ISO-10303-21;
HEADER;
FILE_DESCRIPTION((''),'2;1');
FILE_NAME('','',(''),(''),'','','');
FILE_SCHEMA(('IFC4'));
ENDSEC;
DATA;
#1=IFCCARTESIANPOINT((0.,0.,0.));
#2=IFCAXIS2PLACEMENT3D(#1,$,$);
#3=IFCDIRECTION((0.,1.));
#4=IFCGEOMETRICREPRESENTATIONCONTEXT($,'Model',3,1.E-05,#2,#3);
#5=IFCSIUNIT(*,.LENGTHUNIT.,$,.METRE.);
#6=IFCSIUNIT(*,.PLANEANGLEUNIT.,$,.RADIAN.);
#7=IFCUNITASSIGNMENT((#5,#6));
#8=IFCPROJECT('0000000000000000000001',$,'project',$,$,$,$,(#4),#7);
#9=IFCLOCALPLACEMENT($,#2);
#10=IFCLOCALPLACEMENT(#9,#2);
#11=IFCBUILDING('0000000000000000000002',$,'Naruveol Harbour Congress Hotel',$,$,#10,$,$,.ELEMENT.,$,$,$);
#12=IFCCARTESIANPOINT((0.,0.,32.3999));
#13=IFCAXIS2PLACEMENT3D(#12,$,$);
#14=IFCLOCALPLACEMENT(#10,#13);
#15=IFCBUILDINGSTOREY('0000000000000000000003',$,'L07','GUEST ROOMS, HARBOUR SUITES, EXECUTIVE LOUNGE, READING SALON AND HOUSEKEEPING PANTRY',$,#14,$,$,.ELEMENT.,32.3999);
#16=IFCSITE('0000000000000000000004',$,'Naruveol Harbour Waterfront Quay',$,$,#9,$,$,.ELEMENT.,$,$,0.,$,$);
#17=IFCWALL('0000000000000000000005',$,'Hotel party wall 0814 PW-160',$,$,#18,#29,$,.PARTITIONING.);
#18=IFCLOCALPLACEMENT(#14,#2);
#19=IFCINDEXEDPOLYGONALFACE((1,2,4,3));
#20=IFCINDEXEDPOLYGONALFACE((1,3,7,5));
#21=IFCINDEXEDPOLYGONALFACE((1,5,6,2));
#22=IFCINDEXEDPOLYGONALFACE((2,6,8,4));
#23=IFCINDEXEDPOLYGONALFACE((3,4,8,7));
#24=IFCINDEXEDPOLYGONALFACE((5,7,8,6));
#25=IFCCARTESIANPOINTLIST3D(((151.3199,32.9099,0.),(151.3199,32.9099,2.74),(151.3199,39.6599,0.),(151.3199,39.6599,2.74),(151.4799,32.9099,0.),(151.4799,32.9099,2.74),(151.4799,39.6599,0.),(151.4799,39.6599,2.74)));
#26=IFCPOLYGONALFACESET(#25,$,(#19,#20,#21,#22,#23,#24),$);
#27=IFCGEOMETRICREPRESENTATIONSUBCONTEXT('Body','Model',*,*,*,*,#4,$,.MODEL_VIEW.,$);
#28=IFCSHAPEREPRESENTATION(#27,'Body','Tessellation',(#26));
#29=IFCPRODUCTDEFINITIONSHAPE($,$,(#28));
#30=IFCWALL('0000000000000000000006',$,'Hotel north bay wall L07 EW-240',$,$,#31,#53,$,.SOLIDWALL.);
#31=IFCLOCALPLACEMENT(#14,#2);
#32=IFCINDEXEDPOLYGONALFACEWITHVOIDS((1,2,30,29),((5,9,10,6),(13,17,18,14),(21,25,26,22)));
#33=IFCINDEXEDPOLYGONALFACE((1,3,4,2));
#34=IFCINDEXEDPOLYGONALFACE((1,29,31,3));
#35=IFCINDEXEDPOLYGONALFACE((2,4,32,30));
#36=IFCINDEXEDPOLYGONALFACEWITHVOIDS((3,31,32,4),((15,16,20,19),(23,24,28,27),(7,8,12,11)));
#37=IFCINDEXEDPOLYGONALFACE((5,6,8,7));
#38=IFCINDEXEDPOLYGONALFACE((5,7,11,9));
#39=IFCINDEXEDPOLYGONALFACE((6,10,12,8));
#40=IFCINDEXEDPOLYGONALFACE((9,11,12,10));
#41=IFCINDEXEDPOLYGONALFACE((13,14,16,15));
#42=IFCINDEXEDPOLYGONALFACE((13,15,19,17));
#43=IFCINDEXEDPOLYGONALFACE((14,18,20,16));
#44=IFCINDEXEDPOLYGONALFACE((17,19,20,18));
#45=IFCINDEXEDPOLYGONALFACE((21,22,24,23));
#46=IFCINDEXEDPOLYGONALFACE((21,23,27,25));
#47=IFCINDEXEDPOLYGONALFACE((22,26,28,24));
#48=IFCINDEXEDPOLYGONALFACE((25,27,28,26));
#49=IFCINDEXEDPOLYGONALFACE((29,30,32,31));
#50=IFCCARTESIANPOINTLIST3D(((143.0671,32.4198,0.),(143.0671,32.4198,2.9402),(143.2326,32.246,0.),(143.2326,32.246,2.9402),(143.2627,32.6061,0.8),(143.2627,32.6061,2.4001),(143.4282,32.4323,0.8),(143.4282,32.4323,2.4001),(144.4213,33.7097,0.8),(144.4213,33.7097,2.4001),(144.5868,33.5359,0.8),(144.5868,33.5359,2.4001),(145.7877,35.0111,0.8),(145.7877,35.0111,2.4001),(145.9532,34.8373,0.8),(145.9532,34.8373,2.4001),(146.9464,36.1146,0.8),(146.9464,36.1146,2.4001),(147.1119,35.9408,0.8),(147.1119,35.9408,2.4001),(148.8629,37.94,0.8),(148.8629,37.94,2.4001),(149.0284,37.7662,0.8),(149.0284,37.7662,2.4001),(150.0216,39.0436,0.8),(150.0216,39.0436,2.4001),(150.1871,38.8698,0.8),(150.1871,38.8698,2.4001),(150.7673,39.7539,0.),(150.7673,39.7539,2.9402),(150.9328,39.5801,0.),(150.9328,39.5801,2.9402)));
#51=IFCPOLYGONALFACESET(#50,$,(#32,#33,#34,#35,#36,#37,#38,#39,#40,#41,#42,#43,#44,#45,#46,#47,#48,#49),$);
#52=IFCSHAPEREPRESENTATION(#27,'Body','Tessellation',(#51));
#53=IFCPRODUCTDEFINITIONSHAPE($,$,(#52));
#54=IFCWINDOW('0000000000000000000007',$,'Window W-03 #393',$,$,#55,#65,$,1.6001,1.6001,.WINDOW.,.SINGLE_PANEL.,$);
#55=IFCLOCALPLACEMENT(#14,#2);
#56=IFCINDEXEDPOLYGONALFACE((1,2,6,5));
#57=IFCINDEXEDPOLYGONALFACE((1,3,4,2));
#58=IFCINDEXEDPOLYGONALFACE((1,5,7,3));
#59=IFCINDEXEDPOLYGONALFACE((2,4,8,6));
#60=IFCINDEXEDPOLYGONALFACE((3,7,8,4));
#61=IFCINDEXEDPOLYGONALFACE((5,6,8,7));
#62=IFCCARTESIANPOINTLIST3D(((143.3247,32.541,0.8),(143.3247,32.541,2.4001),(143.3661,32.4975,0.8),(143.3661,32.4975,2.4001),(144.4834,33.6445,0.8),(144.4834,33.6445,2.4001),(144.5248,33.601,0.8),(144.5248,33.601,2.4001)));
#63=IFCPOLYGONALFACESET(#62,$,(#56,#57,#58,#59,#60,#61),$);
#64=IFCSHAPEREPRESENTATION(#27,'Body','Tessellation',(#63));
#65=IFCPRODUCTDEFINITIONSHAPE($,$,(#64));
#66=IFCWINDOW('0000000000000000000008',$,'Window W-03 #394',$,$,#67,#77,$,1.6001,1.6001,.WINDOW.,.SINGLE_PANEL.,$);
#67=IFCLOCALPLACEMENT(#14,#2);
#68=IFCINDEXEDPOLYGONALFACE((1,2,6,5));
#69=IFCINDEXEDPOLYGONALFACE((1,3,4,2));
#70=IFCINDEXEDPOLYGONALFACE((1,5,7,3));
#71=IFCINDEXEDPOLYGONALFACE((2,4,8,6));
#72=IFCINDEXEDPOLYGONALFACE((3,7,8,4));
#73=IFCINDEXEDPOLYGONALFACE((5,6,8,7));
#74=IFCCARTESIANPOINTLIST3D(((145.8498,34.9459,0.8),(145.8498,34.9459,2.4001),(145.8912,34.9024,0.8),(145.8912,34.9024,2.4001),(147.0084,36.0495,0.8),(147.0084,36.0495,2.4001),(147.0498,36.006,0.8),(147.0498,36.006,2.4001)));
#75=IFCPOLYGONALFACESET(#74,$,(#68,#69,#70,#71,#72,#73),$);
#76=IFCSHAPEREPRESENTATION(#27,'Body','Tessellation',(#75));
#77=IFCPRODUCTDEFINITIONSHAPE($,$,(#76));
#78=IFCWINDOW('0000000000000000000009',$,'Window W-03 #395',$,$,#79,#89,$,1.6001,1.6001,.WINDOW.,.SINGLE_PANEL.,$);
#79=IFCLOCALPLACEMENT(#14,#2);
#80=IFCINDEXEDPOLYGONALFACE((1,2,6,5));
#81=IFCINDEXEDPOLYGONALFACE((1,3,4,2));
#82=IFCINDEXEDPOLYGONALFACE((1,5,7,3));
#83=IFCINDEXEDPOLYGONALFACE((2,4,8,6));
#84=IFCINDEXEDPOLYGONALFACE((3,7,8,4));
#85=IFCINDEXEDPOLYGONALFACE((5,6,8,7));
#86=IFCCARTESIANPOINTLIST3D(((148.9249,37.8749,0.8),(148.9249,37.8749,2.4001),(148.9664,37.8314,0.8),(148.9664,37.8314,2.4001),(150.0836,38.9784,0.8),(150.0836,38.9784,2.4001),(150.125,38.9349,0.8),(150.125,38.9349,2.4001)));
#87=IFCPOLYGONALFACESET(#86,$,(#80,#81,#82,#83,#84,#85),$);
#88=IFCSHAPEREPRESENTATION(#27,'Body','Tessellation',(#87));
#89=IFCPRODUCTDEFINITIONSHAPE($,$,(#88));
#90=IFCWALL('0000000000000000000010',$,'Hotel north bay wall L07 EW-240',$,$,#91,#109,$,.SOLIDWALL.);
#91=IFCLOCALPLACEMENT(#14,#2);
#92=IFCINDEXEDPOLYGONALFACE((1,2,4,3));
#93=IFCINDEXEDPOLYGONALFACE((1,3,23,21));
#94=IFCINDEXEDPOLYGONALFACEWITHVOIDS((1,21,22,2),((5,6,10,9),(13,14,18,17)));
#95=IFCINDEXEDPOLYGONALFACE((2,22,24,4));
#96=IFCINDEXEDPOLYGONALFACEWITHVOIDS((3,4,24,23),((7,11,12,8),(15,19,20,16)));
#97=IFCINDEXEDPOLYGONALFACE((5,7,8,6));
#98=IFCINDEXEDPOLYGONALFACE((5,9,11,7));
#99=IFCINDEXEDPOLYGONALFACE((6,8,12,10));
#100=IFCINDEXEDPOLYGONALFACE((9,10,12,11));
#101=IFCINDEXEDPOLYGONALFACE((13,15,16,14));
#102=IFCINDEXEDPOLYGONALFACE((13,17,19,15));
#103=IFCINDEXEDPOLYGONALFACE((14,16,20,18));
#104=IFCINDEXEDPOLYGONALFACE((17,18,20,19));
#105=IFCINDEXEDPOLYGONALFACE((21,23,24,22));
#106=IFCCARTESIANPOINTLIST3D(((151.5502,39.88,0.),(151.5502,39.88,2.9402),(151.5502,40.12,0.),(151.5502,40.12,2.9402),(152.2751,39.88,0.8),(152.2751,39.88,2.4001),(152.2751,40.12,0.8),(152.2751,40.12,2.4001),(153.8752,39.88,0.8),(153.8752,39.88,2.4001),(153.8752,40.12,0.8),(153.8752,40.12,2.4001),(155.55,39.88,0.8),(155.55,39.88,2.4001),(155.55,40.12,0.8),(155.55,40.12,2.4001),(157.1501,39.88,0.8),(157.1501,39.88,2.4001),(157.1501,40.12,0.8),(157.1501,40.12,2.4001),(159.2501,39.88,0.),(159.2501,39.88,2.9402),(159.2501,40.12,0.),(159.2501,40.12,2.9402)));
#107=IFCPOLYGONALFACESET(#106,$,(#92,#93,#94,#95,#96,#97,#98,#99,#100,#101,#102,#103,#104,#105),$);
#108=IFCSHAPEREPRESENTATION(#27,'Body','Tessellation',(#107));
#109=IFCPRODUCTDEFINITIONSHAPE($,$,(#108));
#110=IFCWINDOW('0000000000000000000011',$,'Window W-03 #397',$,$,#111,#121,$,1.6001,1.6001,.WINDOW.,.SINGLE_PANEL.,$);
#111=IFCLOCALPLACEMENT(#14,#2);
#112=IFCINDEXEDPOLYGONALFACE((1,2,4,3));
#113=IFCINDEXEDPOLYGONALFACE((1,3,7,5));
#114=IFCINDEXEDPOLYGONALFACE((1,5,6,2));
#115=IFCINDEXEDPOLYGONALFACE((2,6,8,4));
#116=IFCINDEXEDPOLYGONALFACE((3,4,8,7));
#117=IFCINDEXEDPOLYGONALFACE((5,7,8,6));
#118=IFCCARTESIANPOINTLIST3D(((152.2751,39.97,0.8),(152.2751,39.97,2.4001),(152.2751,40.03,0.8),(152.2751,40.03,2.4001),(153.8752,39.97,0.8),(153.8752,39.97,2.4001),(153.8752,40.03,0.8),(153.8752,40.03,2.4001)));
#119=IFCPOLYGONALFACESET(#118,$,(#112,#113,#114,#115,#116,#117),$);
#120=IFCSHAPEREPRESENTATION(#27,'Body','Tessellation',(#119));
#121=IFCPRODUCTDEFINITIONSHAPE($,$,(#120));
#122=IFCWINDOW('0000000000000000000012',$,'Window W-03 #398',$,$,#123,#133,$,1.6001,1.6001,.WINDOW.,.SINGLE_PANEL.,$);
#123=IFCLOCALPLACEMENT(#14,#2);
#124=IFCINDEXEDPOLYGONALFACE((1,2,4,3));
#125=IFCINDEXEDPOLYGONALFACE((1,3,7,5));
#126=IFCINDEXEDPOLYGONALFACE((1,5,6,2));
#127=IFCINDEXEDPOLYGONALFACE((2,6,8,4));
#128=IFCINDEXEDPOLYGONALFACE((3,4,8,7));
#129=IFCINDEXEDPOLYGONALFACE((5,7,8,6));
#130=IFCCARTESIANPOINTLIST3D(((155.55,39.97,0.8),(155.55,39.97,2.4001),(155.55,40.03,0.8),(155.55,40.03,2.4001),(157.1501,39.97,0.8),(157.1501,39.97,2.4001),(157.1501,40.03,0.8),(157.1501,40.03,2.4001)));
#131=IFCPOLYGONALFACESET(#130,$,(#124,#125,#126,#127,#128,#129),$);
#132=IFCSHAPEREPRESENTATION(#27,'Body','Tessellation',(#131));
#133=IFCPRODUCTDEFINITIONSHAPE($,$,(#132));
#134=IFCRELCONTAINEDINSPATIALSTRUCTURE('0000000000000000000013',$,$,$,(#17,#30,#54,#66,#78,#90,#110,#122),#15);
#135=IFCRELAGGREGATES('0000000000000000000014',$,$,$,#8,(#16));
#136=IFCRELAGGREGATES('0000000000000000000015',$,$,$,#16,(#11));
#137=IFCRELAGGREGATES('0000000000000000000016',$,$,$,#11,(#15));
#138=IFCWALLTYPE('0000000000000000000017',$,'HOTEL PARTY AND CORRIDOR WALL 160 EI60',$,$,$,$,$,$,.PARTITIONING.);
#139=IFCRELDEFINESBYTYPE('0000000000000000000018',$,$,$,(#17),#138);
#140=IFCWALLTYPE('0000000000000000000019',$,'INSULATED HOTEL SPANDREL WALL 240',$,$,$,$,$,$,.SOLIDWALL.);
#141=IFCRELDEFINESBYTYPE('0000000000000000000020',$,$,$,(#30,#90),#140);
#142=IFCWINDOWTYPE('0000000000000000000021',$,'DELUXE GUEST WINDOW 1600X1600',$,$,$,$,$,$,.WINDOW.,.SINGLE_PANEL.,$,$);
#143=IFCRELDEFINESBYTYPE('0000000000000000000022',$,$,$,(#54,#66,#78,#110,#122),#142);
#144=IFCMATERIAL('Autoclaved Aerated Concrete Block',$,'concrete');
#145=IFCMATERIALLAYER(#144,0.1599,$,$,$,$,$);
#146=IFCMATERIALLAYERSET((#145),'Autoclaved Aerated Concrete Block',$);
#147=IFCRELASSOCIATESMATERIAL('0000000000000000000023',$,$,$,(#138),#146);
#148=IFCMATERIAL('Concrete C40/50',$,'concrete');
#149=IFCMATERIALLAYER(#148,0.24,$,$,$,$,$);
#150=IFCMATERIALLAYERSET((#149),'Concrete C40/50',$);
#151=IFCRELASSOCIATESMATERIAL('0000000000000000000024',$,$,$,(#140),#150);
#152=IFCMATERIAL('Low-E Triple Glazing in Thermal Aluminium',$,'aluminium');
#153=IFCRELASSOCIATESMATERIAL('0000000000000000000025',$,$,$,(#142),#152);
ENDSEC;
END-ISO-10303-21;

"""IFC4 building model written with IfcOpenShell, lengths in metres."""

from ifc_helpers import new_model, si_unit, direction, frame, frame_2d, origin, place, context, subcontext, project, spatial, rectangle, extrude, material, layer, layer_set, type_object, element, fill, save


model = new_model("IFC4")

# Units and contexts
model_context = context("Model", 3, precision=1e-05, world=origin(), true_north=direction((0.0, 1.0)))
body_context = subcontext(model_context, "Body", "Model", "MODEL_VIEW")
ifc_project = project(units=[si_unit("LENGTHUNIT", "METRE"), si_unit("PLANEANGLEUNIT", "RADIAN")], contexts=[model_context])

# Site, building, storey
site_placement = place(None, origin())
site = spatial("IfcSite", under=ifc_project, at=site_placement, Name="Naruveol Harbour Waterfront Quay", CompositionType="ELEMENT", RefElevation=0.0)
building_placement = place(site_placement, origin())
building = spatial("IfcBuilding", under=site, at=building_placement, Name="Naruveol Harbour Congress Hotel", CompositionType="ELEMENT")
storey_placement = place(building_placement, frame((0.0, 0.0, 32.3999)))
storey = spatial("IfcBuildingStorey", under=building, at=storey_placement, Name="L07", Description="GUEST ROOMS, HARBOUR SUITES, EXECUTIVE LOUNGE, READING SALON AND HOUSEKEEPING PANTRY", CompositionType="ELEMENT", Elevation=32.3999)

# Shared definitions
ifc_material_1 = material(Name="Autoclaved Aerated Concrete Block", Category="concrete")
ifc_layer_1 = layer(ifc_material_1, 0.1599)
ifc_layer_set_1 = layer_set([ifc_layer_1], Name="Autoclaved Aerated Concrete Block")
wall_type_1 = type_object("IfcWallType", Name="HOTEL PARTY AND CORRIDOR WALL 160 EI60", PredefinedType="PARTITIONING", material=ifc_layer_set_1)

# Wall
wall_1_placement = place(storey_placement, frame((151.3999, 32.9099, 0.0), z_axis=(0.0, 0.0, 1.0), x_axis=(0.0, 1.0, 0.0)))
element("IfcWall", 1, at=wall_1_placement, inside=storey, type_object=wall_type_1, Name="Hotel party wall 0814 PW-160", PredefinedType="PARTITIONING", context=body_context, shape_type="SweptSolid", body=[
    extrude(rectangle(XDim=6.75, YDim=0.1599, at=frame_2d((3.375, 0.0))), origin(), (0.0, 0.0, 1.0), 2.74),
])

# Walls, openings, windows
ifc_material_2 = material(Name="Concrete C40/50", Category="concrete")
ifc_layer_2 = layer(ifc_material_2, 0.24)
ifc_layer_set_2 = layer_set([ifc_layer_2], Name="Concrete C40/50")
wall_type_2 = type_object("IfcWallType", Name="INSULATED HOTEL SPANDREL WALL 240", PredefinedType="SOLIDWALL", material=ifc_layer_set_2)
wall_2_placement = place(storey_placement, frame((143.1499, 32.333, 0.0), z_axis=(0.0, 0.0, 1.0), x_axis=(0.724116, 0.689678, 0.0)))
wall_2 = element("IfcWall", 2, at=wall_2_placement, inside=storey, type_object=wall_type_2, Name="Hotel north bay wall L07 EW-240", PredefinedType="SOLIDWALL", context=body_context, shape_type="SweptSolid", body=[
    extrude(rectangle(XDim=10.634, YDim=0.24, at=frame_2d((5.3169, 0.0))), origin(), (0.0, 0.0, 1.0), 2.9402),
])
opening_1_placement = place(wall_2_placement, frame((0.27, 0.0, 0.8)))
opening_1 = element("IfcOpeningElement", 3, at=opening_1_placement, cuts=wall_2, PredefinedType="OPENING", context=body_context, shape_type="SweptSolid", body=[
    extrude(rectangle(XDim=1.6001, YDim=1.6001, at=frame_2d((0.8, 0.8))), frame((0.0, 0.1299, 0.0), z_axis=(0.0, -1.0, 0.0), x_axis=(1.0, 0.0, 0.0)), (0.0, 0.0, 1.0), 0.26),
])
opening_2_placement = place(wall_2_placement, frame((3.7571, 0.0, 0.8)))
opening_2 = element("IfcOpeningElement", 4, at=opening_2_placement, cuts=wall_2, PredefinedType="OPENING", context=body_context, shape_type="SweptSolid", body=[
    extrude(rectangle(XDim=1.6001, YDim=1.6001, at=frame_2d((0.8, 0.8))), frame((0.0, 0.1299, 0.0), z_axis=(0.0, -1.0, 0.0), x_axis=(1.0, 0.0, 0.0)), (0.0, 0.0, 1.0), 0.26),
])
opening_3_placement = place(wall_2_placement, frame((8.0039, 0.0, 0.8)))
opening_3 = element("IfcOpeningElement", 5, at=opening_3_placement, cuts=wall_2, PredefinedType="OPENING", context=body_context, shape_type="SweptSolid", body=[
    extrude(rectangle(XDim=1.6001, YDim=1.6001, at=frame_2d((0.8, 0.8))), frame((0.0, 0.1299, 0.0), z_axis=(0.0, -1.0, 0.0), x_axis=(1.0, 0.0, 0.0)), (0.0, 0.0, 1.0), 0.26),
])
ifc_material_3 = material(Name="Low-E Triple Glazing in Thermal Aluminium", Category="aluminium")
window_type = type_object("IfcWindowType", Name="DELUXE GUEST WINDOW 1600X1600", PartitioningType="SINGLE_PANEL", PredefinedType="WINDOW", material=ifc_material_3)
window_1_placement = place(opening_1_placement, origin())
window_1 = element("IfcWindow", 6, at=window_1_placement, inside=storey, type_object=window_type, Name="Window W-03 #393", OverallHeight=1.6001, OverallWidth=1.6001, PartitioningType="SINGLE_PANEL", PredefinedType="WINDOW", context=body_context, shape_type="SweptSolid", body=[
    extrude(rectangle(XDim=1.6001, YDim=1.6001, at=frame_2d((0.8, 0.8))), frame((0.0, 0.03, 0.0), z_axis=(0.0, -1.0, 0.0), x_axis=(1.0, 0.0, 0.0)), (0.0, 0.0, 1.0), 0.0601),
])
fill(opening_1, window_1)
window_2_placement = place(opening_2_placement, origin())
window_2 = element("IfcWindow", 7, at=window_2_placement, inside=storey, type_object=window_type, Name="Window W-03 #394", OverallHeight=1.6001, OverallWidth=1.6001, PartitioningType="SINGLE_PANEL", PredefinedType="WINDOW", context=body_context, shape_type="SweptSolid", body=[
    extrude(rectangle(XDim=1.6001, YDim=1.6001, at=frame_2d((0.8, 0.8))), frame((0.0, 0.03, 0.0), z_axis=(0.0, -1.0, 0.0), x_axis=(1.0, 0.0, 0.0)), (0.0, 0.0, 1.0), 0.0601),
])
fill(opening_2, window_2)
window_3_placement = place(opening_3_placement, origin())
window_3 = element("IfcWindow", 8, at=window_3_placement, inside=storey, type_object=window_type, Name="Window W-03 #395", OverallHeight=1.6001, OverallWidth=1.6001, PartitioningType="SINGLE_PANEL", PredefinedType="WINDOW", context=body_context, shape_type="SweptSolid", body=[
    extrude(rectangle(XDim=1.6001, YDim=1.6001, at=frame_2d((0.8, 0.8))), frame((0.0, 0.03, 0.0), z_axis=(0.0, -1.0, 0.0), x_axis=(1.0, 0.0, 0.0)), (0.0, 0.0, 1.0), 0.0601),
])
fill(opening_3, window_3)
wall_3_placement = place(storey_placement, frame((151.55, 40.0, 0.0), z_axis=(0.0, 0.0, 1.0), x_axis=(1.0, 0.0, 0.0)))
wall_3 = element("IfcWall", 9, at=wall_3_placement, inside=storey, type_object=wall_type_2, Name="Hotel north bay wall L07 EW-240", PredefinedType="SOLIDWALL", context=body_context, shape_type="SweptSolid", body=[
    extrude(rectangle(XDim=7.7, YDim=0.24, at=frame_2d((3.8501, 0.0))), origin(), (0.0, 0.0, 1.0), 2.9402),
])
opening_4_placement = place(wall_3_placement, frame((0.7251, 0.0, 0.8)))
opening_4 = element("IfcOpeningElement", 10, at=opening_4_placement, cuts=wall_3, PredefinedType="OPENING", context=body_context, shape_type="SweptSolid", body=[
    extrude(rectangle(XDim=1.6001, YDim=1.6001, at=frame_2d((0.8, 0.8))), frame((0.0, 0.1299, 0.0), z_axis=(0.0, -1.0, 0.0), x_axis=(1.0, 0.0, 0.0)), (0.0, 0.0, 1.0), 0.26),
])
opening_5_placement = place(wall_3_placement, frame((4.0, 0.0, 0.8)))
opening_5 = element("IfcOpeningElement", 11, at=opening_5_placement, cuts=wall_3, PredefinedType="OPENING", context=body_context, shape_type="SweptSolid", body=[
    extrude(rectangle(XDim=1.6001, YDim=1.6001, at=frame_2d((0.8, 0.8))), frame((0.0, 0.1299, 0.0), z_axis=(0.0, -1.0, 0.0), x_axis=(1.0, 0.0, 0.0)), (0.0, 0.0, 1.0), 0.26),
])
window_4_placement = place(opening_4_placement, origin())
window_4 = element("IfcWindow", 12, at=window_4_placement, inside=storey, type_object=window_type, Name="Window W-03 #397", OverallHeight=1.6001, OverallWidth=1.6001, PartitioningType="SINGLE_PANEL", PredefinedType="WINDOW", context=body_context, shape_type="SweptSolid", body=[
    extrude(rectangle(XDim=1.6001, YDim=1.6001, at=frame_2d((0.8, 0.8))), frame((0.0, 0.03, 0.0), z_axis=(0.0, -1.0, 0.0), x_axis=(1.0, 0.0, 0.0)), (0.0, 0.0, 1.0), 0.0601),
])
fill(opening_4, window_4)
window_5_placement = place(opening_5_placement, origin())
window_5 = element("IfcWindow", 13, at=window_5_placement, inside=storey, type_object=window_type, Name="Window W-03 #398", OverallHeight=1.6001, OverallWidth=1.6001, PartitioningType="SINGLE_PANEL", PredefinedType="WINDOW", context=body_context, shape_type="SweptSolid", body=[
    extrude(rectangle(XDim=1.6001, YDim=1.6001, at=frame_2d((0.8, 0.8))), frame((0.0, 0.03, 0.0), z_axis=(0.0, -1.0, 0.0), x_axis=(1.0, 0.0, 0.0)), (0.0, 0.0, 1.0), 0.0601),
])
fill(opening_5, window_5)

save(model, "model.ifc")
